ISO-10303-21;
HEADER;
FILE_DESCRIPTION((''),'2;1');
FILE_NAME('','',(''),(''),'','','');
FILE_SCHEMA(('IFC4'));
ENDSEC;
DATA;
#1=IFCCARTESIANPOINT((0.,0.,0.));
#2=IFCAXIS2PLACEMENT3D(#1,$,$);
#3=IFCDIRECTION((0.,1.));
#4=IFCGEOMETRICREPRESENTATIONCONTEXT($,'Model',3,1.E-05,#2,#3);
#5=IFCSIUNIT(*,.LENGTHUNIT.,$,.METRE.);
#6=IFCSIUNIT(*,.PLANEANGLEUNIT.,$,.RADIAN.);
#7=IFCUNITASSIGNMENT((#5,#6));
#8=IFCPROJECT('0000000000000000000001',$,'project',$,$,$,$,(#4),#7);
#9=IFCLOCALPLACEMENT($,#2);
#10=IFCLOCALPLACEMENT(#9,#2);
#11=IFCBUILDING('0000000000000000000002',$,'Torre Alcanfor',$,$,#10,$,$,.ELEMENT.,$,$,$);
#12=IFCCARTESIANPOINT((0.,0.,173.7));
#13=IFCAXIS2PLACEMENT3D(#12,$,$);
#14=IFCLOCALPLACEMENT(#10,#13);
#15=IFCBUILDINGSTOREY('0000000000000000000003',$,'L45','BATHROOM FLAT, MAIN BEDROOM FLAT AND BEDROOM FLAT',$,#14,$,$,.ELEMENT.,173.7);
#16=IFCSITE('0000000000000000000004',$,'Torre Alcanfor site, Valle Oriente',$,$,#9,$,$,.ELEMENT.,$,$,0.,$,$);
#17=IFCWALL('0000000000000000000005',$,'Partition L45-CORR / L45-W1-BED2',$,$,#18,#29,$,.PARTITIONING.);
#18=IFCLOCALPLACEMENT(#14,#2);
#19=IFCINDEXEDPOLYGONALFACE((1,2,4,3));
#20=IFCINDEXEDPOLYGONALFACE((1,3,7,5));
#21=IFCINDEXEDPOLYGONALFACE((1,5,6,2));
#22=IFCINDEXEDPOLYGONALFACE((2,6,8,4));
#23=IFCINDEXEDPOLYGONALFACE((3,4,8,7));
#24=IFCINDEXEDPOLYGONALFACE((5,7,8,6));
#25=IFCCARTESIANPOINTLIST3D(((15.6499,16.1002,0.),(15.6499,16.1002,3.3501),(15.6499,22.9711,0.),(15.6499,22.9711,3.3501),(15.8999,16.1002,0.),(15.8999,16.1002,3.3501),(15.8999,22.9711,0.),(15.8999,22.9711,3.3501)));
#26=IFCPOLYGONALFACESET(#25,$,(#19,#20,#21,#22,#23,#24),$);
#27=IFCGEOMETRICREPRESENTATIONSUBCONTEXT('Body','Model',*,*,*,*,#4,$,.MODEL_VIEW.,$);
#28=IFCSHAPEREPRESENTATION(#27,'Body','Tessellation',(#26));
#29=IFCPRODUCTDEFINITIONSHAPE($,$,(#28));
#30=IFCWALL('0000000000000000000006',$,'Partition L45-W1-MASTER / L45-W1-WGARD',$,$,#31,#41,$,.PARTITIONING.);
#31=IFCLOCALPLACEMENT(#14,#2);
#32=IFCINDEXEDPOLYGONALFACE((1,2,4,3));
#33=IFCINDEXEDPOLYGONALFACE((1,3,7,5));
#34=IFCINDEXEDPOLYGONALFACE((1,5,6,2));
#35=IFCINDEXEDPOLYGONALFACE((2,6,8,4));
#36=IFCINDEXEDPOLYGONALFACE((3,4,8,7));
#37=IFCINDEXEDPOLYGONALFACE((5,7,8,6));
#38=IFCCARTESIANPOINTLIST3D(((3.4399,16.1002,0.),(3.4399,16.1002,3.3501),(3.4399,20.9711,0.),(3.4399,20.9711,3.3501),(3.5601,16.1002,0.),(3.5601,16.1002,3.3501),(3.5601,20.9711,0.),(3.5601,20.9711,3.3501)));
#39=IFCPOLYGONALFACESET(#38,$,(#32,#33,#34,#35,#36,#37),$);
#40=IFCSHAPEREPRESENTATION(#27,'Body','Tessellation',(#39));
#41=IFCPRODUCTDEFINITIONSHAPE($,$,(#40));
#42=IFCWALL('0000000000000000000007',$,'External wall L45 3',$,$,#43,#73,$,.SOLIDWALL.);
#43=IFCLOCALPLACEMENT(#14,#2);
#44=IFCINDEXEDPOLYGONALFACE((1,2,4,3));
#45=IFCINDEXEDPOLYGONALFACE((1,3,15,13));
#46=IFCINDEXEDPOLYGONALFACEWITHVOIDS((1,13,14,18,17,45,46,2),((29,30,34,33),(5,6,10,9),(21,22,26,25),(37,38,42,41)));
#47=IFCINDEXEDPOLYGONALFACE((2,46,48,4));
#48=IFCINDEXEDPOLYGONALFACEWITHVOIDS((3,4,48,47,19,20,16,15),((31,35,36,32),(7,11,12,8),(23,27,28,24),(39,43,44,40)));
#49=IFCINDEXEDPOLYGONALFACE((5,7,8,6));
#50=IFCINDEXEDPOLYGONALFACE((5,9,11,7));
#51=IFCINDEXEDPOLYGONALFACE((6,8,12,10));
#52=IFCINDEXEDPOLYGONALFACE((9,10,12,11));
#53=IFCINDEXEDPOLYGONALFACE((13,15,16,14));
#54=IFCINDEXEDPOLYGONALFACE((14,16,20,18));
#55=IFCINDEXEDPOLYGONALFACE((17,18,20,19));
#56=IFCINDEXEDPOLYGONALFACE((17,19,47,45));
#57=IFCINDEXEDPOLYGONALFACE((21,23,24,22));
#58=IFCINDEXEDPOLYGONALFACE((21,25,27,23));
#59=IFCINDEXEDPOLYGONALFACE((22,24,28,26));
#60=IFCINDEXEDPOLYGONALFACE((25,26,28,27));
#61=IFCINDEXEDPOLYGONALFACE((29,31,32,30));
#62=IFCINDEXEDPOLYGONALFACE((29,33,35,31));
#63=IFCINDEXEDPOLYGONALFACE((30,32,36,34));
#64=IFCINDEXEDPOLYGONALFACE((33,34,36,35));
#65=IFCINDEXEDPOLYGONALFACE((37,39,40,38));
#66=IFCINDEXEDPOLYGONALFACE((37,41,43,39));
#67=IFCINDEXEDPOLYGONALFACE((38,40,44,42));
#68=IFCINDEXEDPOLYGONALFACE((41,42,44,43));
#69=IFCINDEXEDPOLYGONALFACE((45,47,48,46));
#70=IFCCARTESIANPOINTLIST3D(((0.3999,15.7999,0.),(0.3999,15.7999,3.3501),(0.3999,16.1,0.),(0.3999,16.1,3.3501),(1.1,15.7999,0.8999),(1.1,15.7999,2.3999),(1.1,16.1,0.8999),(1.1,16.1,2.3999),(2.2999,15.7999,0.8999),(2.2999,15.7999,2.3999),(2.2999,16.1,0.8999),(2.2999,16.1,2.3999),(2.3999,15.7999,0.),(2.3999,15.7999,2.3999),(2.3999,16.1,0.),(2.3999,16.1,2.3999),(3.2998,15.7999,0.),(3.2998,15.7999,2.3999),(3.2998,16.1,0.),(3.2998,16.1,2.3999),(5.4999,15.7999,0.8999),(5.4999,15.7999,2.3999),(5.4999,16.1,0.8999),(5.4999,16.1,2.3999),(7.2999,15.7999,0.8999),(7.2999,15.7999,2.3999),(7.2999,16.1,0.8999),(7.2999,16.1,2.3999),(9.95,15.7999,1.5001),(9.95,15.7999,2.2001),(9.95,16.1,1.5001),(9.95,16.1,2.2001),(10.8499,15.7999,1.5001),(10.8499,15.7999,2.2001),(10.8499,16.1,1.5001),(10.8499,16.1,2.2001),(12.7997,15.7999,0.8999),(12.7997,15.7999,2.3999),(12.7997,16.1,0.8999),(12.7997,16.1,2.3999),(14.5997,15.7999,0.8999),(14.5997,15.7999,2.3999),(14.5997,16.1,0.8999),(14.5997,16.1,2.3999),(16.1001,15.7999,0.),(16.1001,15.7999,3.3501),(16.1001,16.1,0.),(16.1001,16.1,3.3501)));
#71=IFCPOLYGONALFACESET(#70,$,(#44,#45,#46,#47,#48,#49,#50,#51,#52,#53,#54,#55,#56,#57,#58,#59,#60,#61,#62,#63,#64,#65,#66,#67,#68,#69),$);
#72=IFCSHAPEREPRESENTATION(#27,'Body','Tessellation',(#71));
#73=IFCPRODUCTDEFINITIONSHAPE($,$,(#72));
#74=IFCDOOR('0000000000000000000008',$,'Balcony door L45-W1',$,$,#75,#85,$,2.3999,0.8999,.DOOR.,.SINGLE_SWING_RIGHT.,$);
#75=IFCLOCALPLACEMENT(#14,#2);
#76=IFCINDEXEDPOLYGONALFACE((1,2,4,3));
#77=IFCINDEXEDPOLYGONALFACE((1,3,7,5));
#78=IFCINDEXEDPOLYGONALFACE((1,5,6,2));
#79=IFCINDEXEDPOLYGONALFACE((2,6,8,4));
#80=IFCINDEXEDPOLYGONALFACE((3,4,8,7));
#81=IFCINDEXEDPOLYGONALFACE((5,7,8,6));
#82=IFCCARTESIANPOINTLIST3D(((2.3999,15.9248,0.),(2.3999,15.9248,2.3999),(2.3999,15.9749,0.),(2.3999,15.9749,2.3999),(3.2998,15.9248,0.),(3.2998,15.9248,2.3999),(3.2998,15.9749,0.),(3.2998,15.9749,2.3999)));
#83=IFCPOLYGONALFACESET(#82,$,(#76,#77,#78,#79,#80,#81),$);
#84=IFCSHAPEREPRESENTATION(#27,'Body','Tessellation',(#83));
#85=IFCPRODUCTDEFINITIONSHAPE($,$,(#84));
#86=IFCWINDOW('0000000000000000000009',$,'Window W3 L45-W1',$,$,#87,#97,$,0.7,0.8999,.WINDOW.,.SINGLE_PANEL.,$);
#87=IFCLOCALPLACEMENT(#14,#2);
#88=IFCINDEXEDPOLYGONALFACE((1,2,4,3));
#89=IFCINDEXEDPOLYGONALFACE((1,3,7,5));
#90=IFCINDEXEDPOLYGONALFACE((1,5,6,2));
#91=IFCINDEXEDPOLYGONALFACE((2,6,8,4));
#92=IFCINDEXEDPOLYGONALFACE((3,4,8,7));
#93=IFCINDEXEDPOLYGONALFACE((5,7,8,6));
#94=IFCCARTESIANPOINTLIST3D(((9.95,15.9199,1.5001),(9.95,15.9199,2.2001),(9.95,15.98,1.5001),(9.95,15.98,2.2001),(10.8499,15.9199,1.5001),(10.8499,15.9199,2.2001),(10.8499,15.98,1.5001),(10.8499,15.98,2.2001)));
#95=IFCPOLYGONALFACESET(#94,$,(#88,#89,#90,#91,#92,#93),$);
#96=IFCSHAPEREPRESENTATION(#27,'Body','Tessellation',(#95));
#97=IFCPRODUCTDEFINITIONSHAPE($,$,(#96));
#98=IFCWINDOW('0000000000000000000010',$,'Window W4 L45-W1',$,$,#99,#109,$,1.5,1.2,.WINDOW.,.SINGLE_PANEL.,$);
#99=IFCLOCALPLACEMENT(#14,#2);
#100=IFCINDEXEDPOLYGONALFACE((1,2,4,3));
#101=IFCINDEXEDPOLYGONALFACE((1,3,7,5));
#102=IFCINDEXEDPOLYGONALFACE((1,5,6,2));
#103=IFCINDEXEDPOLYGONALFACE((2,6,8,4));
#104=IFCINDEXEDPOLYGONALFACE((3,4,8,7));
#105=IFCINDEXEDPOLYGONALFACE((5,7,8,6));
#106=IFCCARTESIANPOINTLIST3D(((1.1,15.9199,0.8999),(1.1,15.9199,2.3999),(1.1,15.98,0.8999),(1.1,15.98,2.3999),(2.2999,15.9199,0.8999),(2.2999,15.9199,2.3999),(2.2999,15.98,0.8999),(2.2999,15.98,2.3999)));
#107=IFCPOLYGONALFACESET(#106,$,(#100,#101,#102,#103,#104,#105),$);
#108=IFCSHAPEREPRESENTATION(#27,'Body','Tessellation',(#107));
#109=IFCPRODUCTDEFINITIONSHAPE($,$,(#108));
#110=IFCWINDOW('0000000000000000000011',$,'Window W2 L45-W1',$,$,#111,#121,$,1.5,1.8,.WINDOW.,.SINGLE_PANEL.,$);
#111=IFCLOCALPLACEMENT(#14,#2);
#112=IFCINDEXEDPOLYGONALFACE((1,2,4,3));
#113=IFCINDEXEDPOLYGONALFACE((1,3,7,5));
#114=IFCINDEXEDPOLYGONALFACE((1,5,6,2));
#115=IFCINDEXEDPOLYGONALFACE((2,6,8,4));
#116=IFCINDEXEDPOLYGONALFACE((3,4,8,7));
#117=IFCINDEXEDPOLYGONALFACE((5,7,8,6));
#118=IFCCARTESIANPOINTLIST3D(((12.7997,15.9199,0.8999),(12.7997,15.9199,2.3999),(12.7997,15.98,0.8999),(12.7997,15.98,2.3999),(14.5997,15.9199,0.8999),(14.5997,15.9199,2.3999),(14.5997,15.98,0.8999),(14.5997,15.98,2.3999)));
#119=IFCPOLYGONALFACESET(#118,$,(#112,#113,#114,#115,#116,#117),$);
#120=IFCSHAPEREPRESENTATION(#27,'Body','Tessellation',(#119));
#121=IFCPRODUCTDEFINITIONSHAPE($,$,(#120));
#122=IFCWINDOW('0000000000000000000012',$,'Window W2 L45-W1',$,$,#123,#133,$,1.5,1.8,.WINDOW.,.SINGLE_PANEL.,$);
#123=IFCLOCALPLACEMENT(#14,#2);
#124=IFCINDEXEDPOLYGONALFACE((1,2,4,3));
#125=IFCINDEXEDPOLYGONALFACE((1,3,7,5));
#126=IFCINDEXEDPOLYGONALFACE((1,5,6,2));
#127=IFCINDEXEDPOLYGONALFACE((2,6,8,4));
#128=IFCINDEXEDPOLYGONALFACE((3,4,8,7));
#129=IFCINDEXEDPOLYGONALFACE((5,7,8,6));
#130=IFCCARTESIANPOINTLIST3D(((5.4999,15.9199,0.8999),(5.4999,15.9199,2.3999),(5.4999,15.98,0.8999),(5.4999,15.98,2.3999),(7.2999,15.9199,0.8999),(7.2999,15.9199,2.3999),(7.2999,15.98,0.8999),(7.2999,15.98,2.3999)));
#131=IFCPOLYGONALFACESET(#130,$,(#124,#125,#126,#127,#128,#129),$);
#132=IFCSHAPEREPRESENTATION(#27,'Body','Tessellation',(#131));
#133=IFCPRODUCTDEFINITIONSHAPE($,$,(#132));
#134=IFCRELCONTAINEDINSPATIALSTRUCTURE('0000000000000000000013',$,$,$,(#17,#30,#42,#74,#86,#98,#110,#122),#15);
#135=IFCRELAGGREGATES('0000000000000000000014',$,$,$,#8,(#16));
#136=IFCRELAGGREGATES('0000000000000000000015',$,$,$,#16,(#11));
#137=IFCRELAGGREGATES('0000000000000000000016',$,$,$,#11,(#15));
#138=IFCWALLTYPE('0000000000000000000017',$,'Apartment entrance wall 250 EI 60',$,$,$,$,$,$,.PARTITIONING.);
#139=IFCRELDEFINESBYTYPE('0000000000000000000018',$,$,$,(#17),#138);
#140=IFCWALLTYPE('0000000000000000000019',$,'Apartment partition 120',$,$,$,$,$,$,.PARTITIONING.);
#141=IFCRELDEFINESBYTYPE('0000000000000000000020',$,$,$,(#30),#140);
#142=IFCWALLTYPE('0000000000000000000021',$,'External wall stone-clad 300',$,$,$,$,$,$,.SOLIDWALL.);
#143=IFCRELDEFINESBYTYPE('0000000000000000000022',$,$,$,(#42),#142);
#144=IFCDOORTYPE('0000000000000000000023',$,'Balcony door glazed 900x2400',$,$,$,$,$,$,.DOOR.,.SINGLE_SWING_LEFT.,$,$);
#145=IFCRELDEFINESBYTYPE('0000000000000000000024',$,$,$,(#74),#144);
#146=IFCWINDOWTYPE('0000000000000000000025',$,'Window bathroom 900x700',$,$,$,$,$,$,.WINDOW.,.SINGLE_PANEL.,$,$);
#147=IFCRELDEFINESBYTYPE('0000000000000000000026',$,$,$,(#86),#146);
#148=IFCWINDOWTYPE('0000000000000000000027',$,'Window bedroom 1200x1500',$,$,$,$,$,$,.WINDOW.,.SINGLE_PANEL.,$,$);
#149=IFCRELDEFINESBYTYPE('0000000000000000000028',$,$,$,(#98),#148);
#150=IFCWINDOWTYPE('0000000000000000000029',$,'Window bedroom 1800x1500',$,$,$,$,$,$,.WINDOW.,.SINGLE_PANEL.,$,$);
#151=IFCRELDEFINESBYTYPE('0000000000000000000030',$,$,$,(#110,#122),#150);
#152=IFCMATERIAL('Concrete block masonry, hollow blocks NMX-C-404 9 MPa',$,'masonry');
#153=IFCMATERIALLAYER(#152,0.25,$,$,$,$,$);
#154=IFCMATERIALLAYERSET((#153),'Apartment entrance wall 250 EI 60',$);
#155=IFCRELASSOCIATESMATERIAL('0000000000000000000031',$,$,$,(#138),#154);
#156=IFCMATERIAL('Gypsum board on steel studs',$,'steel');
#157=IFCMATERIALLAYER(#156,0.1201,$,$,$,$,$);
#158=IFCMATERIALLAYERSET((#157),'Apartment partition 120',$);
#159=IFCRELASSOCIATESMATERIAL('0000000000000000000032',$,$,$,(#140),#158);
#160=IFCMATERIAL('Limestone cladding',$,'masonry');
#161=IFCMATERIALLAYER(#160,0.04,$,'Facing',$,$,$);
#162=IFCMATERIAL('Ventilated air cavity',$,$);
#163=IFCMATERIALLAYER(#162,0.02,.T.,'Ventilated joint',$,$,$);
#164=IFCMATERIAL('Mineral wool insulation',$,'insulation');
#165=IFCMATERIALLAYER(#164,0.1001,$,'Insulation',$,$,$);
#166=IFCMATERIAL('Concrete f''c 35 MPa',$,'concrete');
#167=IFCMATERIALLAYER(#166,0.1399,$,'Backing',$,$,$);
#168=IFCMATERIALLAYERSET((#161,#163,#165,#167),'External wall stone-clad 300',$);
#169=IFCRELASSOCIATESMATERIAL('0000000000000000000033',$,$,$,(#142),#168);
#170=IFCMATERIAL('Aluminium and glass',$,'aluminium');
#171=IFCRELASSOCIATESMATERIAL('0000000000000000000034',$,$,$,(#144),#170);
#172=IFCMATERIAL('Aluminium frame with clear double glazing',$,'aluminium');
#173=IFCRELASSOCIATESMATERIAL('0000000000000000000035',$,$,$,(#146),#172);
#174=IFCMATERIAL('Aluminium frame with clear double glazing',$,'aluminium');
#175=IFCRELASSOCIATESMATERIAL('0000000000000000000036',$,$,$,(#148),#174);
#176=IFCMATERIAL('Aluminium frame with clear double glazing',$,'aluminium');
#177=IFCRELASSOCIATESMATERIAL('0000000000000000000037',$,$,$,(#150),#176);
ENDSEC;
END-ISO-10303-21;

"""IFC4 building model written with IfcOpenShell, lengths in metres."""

from ifc_helpers import new_model, si_unit, direction, frame, frame_2d, origin, place, context, subcontext, project, spatial, rectangle, extrude, material, layer, layer_set, type_object, element, fill, save


model = new_model("IFC4")

# Units and contexts
model_context = context("Model", 3, precision=1e-05, world=origin(), true_north=direction((0.0, 1.0)))
body_context = subcontext(model_context, "Body", "Model", "MODEL_VIEW")
ifc_project = project(units=[si_unit("LENGTHUNIT", "METRE"), si_unit("PLANEANGLEUNIT", "RADIAN")], contexts=[model_context])

# Site, building, storey
site_placement = place(None, origin())
site = spatial("IfcSite", under=ifc_project, at=site_placement, Name="Torre Alcanfor site, Valle Oriente", CompositionType="ELEMENT", RefElevation=0.0)
building_placement = place(site_placement, origin())
building = spatial("IfcBuilding", under=site, at=building_placement, Name="Torre Alcanfor", CompositionType="ELEMENT")
storey_placement = place(building_placement, frame((0.0, 0.0, 173.7)))
storey = spatial("IfcBuildingStorey", under=building, at=storey_placement, Name="L45", Description="BATHROOM FLAT, MAIN BEDROOM FLAT AND BEDROOM FLAT", CompositionType="ELEMENT", Elevation=173.7)

# Walls
ifc_material_1 = material(Name="Concrete block masonry, hollow blocks NMX-C-404 9 MPa", Category="masonry")
ifc_layer_1 = layer(ifc_material_1, 0.25)
ifc_layer_set_1 = layer_set([ifc_layer_1], Name="Apartment entrance wall 250 EI 60")
wall_type_1 = type_object("IfcWallType", Name="Apartment entrance wall 250 EI 60", PredefinedType="PARTITIONING", material=ifc_layer_set_1)
wall_1_placement = place(storey_placement, frame((15.7749, 16.1001, 0.0), z_axis=(0.0, 0.0, 1.0), x_axis=(0.0, 1.0, 0.0)))
element("IfcWall", 1, at=wall_1_placement, inside=storey, type_object=wall_type_1, Name="Partition L45-CORR / L45-W1-BED2", PredefinedType="PARTITIONING", context=body_context, shape_type="SweptSolid", body=[
    extrude(rectangle(XDim=6.8708, YDim=0.25, at=frame_2d((3.4355, 0.0))), origin(), (0.0, 0.0, 1.0), 3.3501),
])
ifc_material_2 = material(Name="Gypsum board on steel studs", Category="steel")
ifc_layer_2 = layer(ifc_material_2, 0.1201)
ifc_layer_set_2 = layer_set([ifc_layer_2], Name="Apartment partition 120")
wall_type_2 = type_object("IfcWallType", Name="Apartment partition 120", PredefinedType="PARTITIONING", material=ifc_layer_set_2)
wall_2_placement = place(storey_placement, frame((3.5, 16.1001, 0.0), z_axis=(0.0, 0.0, 1.0), x_axis=(0.0, 1.0, 0.0)))
element("IfcWall", 2, at=wall_2_placement, inside=storey, type_object=wall_type_2, Name="Partition L45-W1-MASTER / L45-W1-WGARD", PredefinedType="PARTITIONING", context=body_context, shape_type="SweptSolid", body=[
    extrude(rectangle(XDim=4.8708, YDim=0.1201, at=frame_2d((2.4355, 0.0))), origin(), (0.0, 0.0, 1.0), 3.3501),
])

# Wall, openings, door, windows
ifc_material_3 = material(Name="Limestone cladding", Category="masonry")
ifc_layer_3 = layer(ifc_material_3, 0.04, Name="Facing")
ifc_material_4 = material(Name="Ventilated air cavity")
ifc_layer_4 = layer(ifc_material_4, 0.02, ventilated=True, Name="Ventilated joint")
ifc_material_5 = material(Name="Mineral wool insulation", Category="insulation")
ifc_layer_5 = layer(ifc_material_5, 0.1001, Name="Insulation")
ifc_material_6 = material(Name="Concrete f'c 35 MPa", Category="concrete")
ifc_layer_6 = layer(ifc_material_6, 0.1399, Name="Backing")
ifc_layer_set_3 = layer_set([ifc_layer_3, ifc_layer_4, ifc_layer_5, ifc_layer_6], Name="External wall stone-clad 300")
wall_type_3 = type_object("IfcWallType", Name="External wall stone-clad 300", PredefinedType="SOLIDWALL", material=ifc_layer_set_3)
wall_3_placement = place(storey_placement, frame((0.3999, 15.95, 0.0), z_axis=(0.0, 0.0, 1.0), x_axis=(1.0, 0.0, 0.0)))
wall_3 = element("IfcWall", 3, at=wall_3_placement, inside=storey, type_object=wall_type_3, Name="External wall L45 3", PredefinedType="SOLIDWALL", context=body_context, shape_type="SweptSolid", body=[
    extrude(rectangle(XDim=15.7002, YDim=0.3, at=frame_2d((7.8501, 0.0))), origin(), (0.0, 0.0, 1.0), 3.3501),
])
opening_1_placement = place(wall_3_placement, frame((12.3999, 0.0, 0.8999)))
opening_1 = element("IfcOpeningElement", 4, at=opening_1_placement, cuts=wall_3, PredefinedType="OPENING", context=body_context, shape_type="SweptSolid", body=[
    extrude(rectangle(XDim=1.8, YDim=1.5, at=frame_2d((0.8999, 0.75))), frame((0.0, 0.1599, 0.0), z_axis=(0.0, -1.0, 0.0), x_axis=(1.0, 0.0, 0.0)), (0.0, 0.0, 1.0), 0.3201),
])
opening_2_placement = place(wall_3_placement, frame((9.55, 0.0, 1.5)))
opening_2 = element("IfcOpeningElement", 5, at=opening_2_placement, cuts=wall_3, PredefinedType="OPENING", context=body_context, shape_type="SweptSolid", body=[
    extrude(rectangle(XDim=0.8999, YDim=0.7, at=frame_2d((0.45, 0.3501))), frame((0.0, 0.1599, 0.0), z_axis=(0.0, -1.0, 0.0), x_axis=(1.0, 0.0, 0.0)), (0.0, 0.0, 1.0), 0.3201),
])
opening_3_placement = place(wall_3_placement, frame((5.1001, 0.0, 0.8999)))
opening_3 = element("IfcOpeningElement", 6, at=opening_3_placement, cuts=wall_3, PredefinedType="OPENING", context=body_context, shape_type="SweptSolid", body=[
    extrude(rectangle(XDim=1.8, YDim=1.5, at=frame_2d((0.8999, 0.75))), frame((0.0, 0.1599, 0.0), z_axis=(0.0, -1.0, 0.0), x_axis=(1.0, 0.0, 0.0)), (0.0, 0.0, 1.0), 0.3201),
])
opening_4_placement = place(wall_3_placement, frame((2.0, 0.0, 0.0)))
opening_4 = element("IfcOpeningElement", 7, at=opening_4_placement, cuts=wall_3, PredefinedType="OPENING", context=body_context, shape_type="SweptSolid", body=[
    extrude(rectangle(XDim=0.8999, YDim=2.3999, at=frame_2d((0.45, 1.2))), frame((0.0, 0.1599, 0.0), z_axis=(0.0, -1.0, 0.0), x_axis=(1.0, 0.0, 0.0)), (0.0, 0.0, 1.0), 0.3201),
])
opening_5_placement = place(wall_3_placement, frame((0.7, 0.0, 0.8999)))
opening_5 = element("IfcOpeningElement", 8, at=opening_5_placement, cuts=wall_3, PredefinedType="OPENING", context=body_context, shape_type="SweptSolid", body=[
    extrude(rectangle(XDim=1.2, YDim=1.5, at=frame_2d((0.6001, 0.75))), frame((0.0, 0.1599, 0.0), z_axis=(0.0, -1.0, 0.0), x_axis=(1.0, 0.0, 0.0)), (0.0, 0.0, 1.0), 0.3201),
])
ifc_material_7 = material(Name="Aluminium and glass", Category="aluminium")
door_type = type_object("IfcDoorType", Name="Balcony door glazed 900x2400", OperationType="SINGLE_SWING_LEFT", PredefinedType="DOOR", material=ifc_material_7)
door_placement = place(opening_4_placement, origin())
door = element("IfcDoor", 9, at=door_placement, inside=storey, type_object=door_type, Name="Balcony door L45-W1", OperationType="SINGLE_SWING_RIGHT", OverallHeight=2.3999, OverallWidth=0.8999, PredefinedType="DOOR", context=body_context, shape_type="SweptSolid", body=[
    extrude(rectangle(XDim=0.8999, YDim=2.3999, at=frame_2d((0.45, 1.2))), frame((0.0, 0.0249, 0.0), z_axis=(0.0, -1.0, 0.0), x_axis=(1.0, 0.0, 0.0)), (0.0, 0.0, 1.0), 0.05),
])
fill(opening_4, door)
ifc_material_8 = material(Name="Aluminium frame with clear double glazing", Category="aluminium")
window_type_1 = type_object("IfcWindowType", Name="Window bathroom 900x700", PartitioningType="SINGLE_PANEL", PredefinedType="WINDOW", material=ifc_material_8)
window_1_placement = place(opening_2_placement, origin())
window_1 = element("IfcWindow", 10, at=window_1_placement, inside=storey, type_object=window_type_1, Name="Window W3 L45-W1", OverallHeight=0.7, OverallWidth=0.8999, PartitioningType="SINGLE_PANEL", PredefinedType="WINDOW", context=body_context, shape_type="SweptSolid", body=[
    extrude(rectangle(XDim=0.8999, YDim=0.7, at=frame_2d((0.45, 0.3501))), frame((0.0, 0.03, 0.0), z_axis=(0.0, -1.0, 0.0), x_axis=(1.0, 0.0, 0.0)), (0.0, 0.0, 1.0), 0.0601),
])
fill(opening_2, window_1)
ifc_material_9 = material(Name="Aluminium frame with clear double glazing", Category="aluminium")
window_type_2 = type_object("IfcWindowType", Name="Window bedroom 1200x1500", PartitioningType="SINGLE_PANEL", PredefinedType="WINDOW", material=ifc_material_9)
window_2_placement = place(opening_5_placement, origin())
window_2 = element("IfcWindow", 11, at=window_2_placement, inside=storey, type_object=window_type_2, Name="Window W4 L45-W1", OverallHeight=1.5, OverallWidth=1.2, PartitioningType="SINGLE_PANEL", PredefinedType="WINDOW", context=body_context, shape_type="SweptSolid", body=[
    extrude(rectangle(XDim=1.2, YDim=1.5, at=frame_2d((0.6001, 0.75))), frame((0.0, 0.03, 0.0), z_axis=(0.0, -1.0, 0.0), x_axis=(1.0, 0.0, 0.0)), (0.0, 0.0, 1.0), 0.0601),
])
fill(opening_5, window_2)
ifc_material_10 = material(Name="Aluminium frame with clear double glazing", Category="aluminium")
window_type_3 = type_object("IfcWindowType", Name="Window bedroom 1800x1500", PartitioningType="SINGLE_PANEL", PredefinedType="WINDOW", material=ifc_material_10)
window_3_placement = place(opening_1_placement, origin())
window_3 = element("IfcWindow", 12, at=window_3_placement, inside=storey, type_object=window_type_3, Name="Window W2 L45-W1", OverallHeight=1.5, OverallWidth=1.8, PartitioningType="SINGLE_PANEL", PredefinedType="WINDOW", context=body_context, shape_type="SweptSolid", body=[
    extrude(rectangle(XDim=1.8, YDim=1.5, at=frame_2d((0.8999, 0.75))), frame((0.0, 0.03, 0.0), z_axis=(0.0, -1.0, 0.0), x_axis=(1.0, 0.0, 0.0)), (0.0, 0.0, 1.0), 0.0601),
])
fill(opening_1, window_3)
window_4_placement = place(opening_3_placement, origin())
window_4 = element("IfcWindow", 13, at=window_4_placement, inside=storey, type_object=window_type_3, Name="Window W2 L45-W1", OverallHeight=1.5, OverallWidth=1.8, PartitioningType="SINGLE_PANEL", PredefinedType="WINDOW", context=body_context, shape_type="SweptSolid", body=[
    extrude(rectangle(XDim=1.8, YDim=1.5, at=frame_2d((0.8999, 0.75))), frame((0.0, 0.03, 0.0), z_axis=(0.0, -1.0, 0.0), x_axis=(1.0, 0.0, 0.0)), (0.0, 0.0, 1.0), 0.0601),
])
fill(opening_3, window_4)

save(model, "model.ifc")
